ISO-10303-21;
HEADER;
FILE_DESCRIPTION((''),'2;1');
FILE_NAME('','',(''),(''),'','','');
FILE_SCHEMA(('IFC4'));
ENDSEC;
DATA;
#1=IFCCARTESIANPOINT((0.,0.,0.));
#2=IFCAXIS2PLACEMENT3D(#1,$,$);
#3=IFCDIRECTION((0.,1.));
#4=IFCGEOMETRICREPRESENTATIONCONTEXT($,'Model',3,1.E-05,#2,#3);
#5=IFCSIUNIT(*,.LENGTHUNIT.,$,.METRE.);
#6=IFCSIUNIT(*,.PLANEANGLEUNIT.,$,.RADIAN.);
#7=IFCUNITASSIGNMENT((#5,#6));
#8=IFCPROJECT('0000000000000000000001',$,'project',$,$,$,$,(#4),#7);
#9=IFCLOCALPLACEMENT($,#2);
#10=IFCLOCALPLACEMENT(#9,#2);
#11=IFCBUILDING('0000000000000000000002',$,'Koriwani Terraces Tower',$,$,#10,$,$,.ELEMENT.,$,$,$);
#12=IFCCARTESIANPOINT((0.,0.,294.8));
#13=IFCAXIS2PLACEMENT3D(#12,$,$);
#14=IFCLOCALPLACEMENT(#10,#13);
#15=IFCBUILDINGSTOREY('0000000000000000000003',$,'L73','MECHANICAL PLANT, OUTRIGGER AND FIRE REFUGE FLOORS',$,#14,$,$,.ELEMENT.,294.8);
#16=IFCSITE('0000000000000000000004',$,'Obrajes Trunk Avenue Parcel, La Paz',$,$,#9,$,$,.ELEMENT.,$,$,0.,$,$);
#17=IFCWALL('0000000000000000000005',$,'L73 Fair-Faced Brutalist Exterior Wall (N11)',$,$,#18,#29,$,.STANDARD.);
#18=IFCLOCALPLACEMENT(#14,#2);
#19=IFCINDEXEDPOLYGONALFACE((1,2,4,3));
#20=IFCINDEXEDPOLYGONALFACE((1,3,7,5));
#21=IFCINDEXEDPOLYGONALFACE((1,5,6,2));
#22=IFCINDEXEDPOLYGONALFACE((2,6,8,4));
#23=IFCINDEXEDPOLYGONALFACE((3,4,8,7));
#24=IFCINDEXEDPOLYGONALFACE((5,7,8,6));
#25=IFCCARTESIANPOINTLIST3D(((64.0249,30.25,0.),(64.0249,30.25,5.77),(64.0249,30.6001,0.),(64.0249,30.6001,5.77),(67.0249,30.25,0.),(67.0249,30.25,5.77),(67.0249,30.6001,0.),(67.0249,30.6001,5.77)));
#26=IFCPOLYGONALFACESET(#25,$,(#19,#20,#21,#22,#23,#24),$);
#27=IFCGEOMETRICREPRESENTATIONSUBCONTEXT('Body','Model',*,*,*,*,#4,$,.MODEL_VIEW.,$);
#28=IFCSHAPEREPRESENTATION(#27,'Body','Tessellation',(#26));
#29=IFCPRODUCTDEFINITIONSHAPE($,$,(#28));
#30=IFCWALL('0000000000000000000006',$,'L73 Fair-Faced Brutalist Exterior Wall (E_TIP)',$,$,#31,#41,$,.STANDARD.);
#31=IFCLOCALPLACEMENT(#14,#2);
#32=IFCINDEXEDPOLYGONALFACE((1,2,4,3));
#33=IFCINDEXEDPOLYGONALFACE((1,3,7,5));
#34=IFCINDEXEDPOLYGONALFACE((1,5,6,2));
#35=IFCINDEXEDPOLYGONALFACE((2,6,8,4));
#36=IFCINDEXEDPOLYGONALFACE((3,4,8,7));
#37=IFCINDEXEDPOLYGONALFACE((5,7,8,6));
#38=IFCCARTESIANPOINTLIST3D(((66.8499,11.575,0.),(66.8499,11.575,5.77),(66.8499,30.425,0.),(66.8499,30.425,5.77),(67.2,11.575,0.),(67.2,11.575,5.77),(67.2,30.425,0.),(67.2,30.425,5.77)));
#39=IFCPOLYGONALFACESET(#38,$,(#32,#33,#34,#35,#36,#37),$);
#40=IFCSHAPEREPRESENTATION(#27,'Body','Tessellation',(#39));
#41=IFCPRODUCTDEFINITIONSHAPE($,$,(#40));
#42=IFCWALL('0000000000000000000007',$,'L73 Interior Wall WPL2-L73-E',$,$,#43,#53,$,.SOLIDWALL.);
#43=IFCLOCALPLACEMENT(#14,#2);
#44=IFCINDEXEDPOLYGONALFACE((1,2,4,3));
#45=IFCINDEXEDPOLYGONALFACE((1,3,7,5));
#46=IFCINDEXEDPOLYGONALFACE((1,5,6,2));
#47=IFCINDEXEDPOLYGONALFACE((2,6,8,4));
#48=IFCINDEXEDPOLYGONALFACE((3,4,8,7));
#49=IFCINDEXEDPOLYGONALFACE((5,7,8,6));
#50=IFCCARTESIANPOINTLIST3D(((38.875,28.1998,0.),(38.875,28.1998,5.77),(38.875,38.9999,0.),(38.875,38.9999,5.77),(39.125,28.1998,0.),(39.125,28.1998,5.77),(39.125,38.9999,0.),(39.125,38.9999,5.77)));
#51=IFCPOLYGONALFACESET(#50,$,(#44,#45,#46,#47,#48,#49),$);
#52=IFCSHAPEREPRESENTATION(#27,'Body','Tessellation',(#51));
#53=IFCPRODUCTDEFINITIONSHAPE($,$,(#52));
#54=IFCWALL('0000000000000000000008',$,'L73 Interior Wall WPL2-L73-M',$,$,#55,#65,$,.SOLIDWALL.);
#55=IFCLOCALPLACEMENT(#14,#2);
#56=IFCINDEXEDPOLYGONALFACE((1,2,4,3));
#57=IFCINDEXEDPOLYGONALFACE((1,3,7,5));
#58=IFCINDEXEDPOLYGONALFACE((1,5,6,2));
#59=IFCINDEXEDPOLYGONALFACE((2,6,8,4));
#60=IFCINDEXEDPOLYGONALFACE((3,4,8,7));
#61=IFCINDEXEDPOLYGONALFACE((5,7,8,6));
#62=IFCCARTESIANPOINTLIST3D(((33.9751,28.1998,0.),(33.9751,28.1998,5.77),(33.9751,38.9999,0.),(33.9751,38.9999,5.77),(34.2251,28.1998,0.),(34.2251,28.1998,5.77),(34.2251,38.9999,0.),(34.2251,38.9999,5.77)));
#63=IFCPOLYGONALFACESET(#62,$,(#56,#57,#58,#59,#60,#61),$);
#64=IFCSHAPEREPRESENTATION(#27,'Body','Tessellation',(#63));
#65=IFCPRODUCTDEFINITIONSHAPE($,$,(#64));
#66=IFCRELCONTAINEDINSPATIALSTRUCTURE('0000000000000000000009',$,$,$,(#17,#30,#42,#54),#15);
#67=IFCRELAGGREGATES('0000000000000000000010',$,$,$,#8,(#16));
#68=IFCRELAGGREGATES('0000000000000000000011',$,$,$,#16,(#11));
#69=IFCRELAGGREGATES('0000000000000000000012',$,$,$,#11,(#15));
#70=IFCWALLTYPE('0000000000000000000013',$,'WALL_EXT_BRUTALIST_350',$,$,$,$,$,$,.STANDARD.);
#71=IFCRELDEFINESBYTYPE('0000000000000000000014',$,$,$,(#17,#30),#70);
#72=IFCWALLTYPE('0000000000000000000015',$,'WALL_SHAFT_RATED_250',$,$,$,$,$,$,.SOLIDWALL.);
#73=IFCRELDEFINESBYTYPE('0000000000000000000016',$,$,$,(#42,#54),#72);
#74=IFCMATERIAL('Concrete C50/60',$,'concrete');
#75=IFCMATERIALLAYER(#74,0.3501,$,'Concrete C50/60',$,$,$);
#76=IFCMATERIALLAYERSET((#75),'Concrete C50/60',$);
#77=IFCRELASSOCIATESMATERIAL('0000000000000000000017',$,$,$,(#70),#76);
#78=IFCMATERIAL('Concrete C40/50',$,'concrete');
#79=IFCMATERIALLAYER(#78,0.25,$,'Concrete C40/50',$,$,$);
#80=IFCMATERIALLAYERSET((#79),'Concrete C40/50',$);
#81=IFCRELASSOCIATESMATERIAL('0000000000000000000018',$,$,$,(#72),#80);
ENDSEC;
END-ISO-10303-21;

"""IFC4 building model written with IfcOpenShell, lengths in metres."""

from ifc_helpers import new_model, si_unit, direction, frame, frame_2d, origin, place, context, subcontext, project, spatial, rectangle, extrude, material, layer, layer_set, type_object, element, save


model = new_model("IFC4")

# Units and contexts
model_context = context("Model", 3, precision=1e-05, world=origin(), true_north=direction((0.0, 1.0)))
body_context = subcontext(model_context, "Body", "Model", "MODEL_VIEW")
ifc_project = project(units=[si_unit("LENGTHUNIT", "METRE"), si_unit("PLANEANGLEUNIT", "RADIAN")], contexts=[model_context])

# Site, building, storey
site_placement = place(None, origin())
site = spatial("IfcSite", under=ifc_project, at=site_placement, Name="Obrajes Trunk Avenue Parcel, La Paz", CompositionType="ELEMENT", RefElevation=0.0)
building_placement = place(site_placement, origin())
building = spatial("IfcBuilding", under=site, at=building_placement, Name="Koriwani Terraces Tower", CompositionType="ELEMENT")
storey_placement = place(building_placement, frame((0.0, 0.0, 294.8)))
storey = spatial("IfcBuildingStorey", under=building, at=storey_placement, Name="L73", Description="MECHANICAL PLANT, OUTRIGGER AND FIRE REFUGE FLOORS", CompositionType="ELEMENT", Elevation=294.8)

# Shared definitions
ifc_material_1 = material(Name="Concrete C50/60", Category="concrete")

# Walls
ifc_layer_1 = layer(ifc_material_1, 0.3501, Name="Concrete C50/60")
ifc_layer_set_1 = layer_set([ifc_layer_1], Name="Concrete C50/60")
wall_type_1 = type_object("IfcWallType", Name="WALL_EXT_BRUTALIST_350", PredefinedType="STANDARD", material=ifc_layer_set_1)
for number, where, z_axis, x_axis, name in (
    (1, (64.0249, 30.425, 0.0), (0.0, 0.0, 1.0), (1.0, 0.0, 0.0), "L73 Fair-Faced Brutalist Exterior Wall (N11)"),
):
    element("IfcWall", number, at=place(storey_placement, frame(where, z_axis=z_axis, x_axis=x_axis)), inside=storey, type_object=wall_type_1, Name=name, PredefinedType="STANDARD", context=body_context, shape_type="SweptSolid", body=[
        extrude(rectangle(XDim=3.0, YDim=0.3501, at=frame_2d((1.5, 0.0))), origin(), (0.0, 0.0, 1.0), 5.77),
    ])
wall_1_placement = place(storey_placement, frame((67.0249, 30.425, 0.0), z_axis=(0.0, 0.0, 1.0), x_axis=(0.0, -1.0, 0.0)))
element("IfcWall", 2, at=wall_1_placement, inside=storey, type_object=wall_type_1, Name="L73 Fair-Faced Brutalist Exterior Wall (E_TIP)", PredefinedType="STANDARD", context=body_context, shape_type="SweptSolid", body=[
    extrude(rectangle(XDim=18.8501, YDim=0.3501, at=frame_2d((9.425, 0.0))), origin(), (0.0, 0.0, 1.0), 5.77),
])
ifc_material_2 = material(Name="Concrete C40/50", Category="concrete")
ifc_layer_2 = layer(ifc_material_2, 0.25, Name="Concrete C40/50")
ifc_layer_set_2 = layer_set([ifc_layer_2], Name="Concrete C40/50")
wall_type_2 = type_object("IfcWallType", Name="WALL_SHAFT_RATED_250", PredefinedType="SOLIDWALL", material=ifc_layer_set_2)
for number, where, z_axis, x_axis, name in (
    (3, (39.0, 28.2, 0.0), (0.0, 0.0, 1.0), (0.0, 1.0, 0.0), "L73 Interior Wall WPL2-L73-E"),
    (4, (34.1001, 28.2, 0.0), (0.0, 0.0, 1.0), (0.0, 1.0, 0.0), "L73 Interior Wall WPL2-L73-M"),
):
    element("IfcWall", number, at=place(storey_placement, frame(where, z_axis=z_axis, x_axis=x_axis)), inside=storey, type_object=wall_type_2, Name=name, PredefinedType="SOLIDWALL", context=body_context, shape_type="SweptSolid", body=[
        extrude(rectangle(XDim=10.8, YDim=0.25, at=frame_2d((5.3999, 0.0))), origin(), (0.0, 0.0, 1.0), 5.77),
    ])

save(model, "model.ifc")
